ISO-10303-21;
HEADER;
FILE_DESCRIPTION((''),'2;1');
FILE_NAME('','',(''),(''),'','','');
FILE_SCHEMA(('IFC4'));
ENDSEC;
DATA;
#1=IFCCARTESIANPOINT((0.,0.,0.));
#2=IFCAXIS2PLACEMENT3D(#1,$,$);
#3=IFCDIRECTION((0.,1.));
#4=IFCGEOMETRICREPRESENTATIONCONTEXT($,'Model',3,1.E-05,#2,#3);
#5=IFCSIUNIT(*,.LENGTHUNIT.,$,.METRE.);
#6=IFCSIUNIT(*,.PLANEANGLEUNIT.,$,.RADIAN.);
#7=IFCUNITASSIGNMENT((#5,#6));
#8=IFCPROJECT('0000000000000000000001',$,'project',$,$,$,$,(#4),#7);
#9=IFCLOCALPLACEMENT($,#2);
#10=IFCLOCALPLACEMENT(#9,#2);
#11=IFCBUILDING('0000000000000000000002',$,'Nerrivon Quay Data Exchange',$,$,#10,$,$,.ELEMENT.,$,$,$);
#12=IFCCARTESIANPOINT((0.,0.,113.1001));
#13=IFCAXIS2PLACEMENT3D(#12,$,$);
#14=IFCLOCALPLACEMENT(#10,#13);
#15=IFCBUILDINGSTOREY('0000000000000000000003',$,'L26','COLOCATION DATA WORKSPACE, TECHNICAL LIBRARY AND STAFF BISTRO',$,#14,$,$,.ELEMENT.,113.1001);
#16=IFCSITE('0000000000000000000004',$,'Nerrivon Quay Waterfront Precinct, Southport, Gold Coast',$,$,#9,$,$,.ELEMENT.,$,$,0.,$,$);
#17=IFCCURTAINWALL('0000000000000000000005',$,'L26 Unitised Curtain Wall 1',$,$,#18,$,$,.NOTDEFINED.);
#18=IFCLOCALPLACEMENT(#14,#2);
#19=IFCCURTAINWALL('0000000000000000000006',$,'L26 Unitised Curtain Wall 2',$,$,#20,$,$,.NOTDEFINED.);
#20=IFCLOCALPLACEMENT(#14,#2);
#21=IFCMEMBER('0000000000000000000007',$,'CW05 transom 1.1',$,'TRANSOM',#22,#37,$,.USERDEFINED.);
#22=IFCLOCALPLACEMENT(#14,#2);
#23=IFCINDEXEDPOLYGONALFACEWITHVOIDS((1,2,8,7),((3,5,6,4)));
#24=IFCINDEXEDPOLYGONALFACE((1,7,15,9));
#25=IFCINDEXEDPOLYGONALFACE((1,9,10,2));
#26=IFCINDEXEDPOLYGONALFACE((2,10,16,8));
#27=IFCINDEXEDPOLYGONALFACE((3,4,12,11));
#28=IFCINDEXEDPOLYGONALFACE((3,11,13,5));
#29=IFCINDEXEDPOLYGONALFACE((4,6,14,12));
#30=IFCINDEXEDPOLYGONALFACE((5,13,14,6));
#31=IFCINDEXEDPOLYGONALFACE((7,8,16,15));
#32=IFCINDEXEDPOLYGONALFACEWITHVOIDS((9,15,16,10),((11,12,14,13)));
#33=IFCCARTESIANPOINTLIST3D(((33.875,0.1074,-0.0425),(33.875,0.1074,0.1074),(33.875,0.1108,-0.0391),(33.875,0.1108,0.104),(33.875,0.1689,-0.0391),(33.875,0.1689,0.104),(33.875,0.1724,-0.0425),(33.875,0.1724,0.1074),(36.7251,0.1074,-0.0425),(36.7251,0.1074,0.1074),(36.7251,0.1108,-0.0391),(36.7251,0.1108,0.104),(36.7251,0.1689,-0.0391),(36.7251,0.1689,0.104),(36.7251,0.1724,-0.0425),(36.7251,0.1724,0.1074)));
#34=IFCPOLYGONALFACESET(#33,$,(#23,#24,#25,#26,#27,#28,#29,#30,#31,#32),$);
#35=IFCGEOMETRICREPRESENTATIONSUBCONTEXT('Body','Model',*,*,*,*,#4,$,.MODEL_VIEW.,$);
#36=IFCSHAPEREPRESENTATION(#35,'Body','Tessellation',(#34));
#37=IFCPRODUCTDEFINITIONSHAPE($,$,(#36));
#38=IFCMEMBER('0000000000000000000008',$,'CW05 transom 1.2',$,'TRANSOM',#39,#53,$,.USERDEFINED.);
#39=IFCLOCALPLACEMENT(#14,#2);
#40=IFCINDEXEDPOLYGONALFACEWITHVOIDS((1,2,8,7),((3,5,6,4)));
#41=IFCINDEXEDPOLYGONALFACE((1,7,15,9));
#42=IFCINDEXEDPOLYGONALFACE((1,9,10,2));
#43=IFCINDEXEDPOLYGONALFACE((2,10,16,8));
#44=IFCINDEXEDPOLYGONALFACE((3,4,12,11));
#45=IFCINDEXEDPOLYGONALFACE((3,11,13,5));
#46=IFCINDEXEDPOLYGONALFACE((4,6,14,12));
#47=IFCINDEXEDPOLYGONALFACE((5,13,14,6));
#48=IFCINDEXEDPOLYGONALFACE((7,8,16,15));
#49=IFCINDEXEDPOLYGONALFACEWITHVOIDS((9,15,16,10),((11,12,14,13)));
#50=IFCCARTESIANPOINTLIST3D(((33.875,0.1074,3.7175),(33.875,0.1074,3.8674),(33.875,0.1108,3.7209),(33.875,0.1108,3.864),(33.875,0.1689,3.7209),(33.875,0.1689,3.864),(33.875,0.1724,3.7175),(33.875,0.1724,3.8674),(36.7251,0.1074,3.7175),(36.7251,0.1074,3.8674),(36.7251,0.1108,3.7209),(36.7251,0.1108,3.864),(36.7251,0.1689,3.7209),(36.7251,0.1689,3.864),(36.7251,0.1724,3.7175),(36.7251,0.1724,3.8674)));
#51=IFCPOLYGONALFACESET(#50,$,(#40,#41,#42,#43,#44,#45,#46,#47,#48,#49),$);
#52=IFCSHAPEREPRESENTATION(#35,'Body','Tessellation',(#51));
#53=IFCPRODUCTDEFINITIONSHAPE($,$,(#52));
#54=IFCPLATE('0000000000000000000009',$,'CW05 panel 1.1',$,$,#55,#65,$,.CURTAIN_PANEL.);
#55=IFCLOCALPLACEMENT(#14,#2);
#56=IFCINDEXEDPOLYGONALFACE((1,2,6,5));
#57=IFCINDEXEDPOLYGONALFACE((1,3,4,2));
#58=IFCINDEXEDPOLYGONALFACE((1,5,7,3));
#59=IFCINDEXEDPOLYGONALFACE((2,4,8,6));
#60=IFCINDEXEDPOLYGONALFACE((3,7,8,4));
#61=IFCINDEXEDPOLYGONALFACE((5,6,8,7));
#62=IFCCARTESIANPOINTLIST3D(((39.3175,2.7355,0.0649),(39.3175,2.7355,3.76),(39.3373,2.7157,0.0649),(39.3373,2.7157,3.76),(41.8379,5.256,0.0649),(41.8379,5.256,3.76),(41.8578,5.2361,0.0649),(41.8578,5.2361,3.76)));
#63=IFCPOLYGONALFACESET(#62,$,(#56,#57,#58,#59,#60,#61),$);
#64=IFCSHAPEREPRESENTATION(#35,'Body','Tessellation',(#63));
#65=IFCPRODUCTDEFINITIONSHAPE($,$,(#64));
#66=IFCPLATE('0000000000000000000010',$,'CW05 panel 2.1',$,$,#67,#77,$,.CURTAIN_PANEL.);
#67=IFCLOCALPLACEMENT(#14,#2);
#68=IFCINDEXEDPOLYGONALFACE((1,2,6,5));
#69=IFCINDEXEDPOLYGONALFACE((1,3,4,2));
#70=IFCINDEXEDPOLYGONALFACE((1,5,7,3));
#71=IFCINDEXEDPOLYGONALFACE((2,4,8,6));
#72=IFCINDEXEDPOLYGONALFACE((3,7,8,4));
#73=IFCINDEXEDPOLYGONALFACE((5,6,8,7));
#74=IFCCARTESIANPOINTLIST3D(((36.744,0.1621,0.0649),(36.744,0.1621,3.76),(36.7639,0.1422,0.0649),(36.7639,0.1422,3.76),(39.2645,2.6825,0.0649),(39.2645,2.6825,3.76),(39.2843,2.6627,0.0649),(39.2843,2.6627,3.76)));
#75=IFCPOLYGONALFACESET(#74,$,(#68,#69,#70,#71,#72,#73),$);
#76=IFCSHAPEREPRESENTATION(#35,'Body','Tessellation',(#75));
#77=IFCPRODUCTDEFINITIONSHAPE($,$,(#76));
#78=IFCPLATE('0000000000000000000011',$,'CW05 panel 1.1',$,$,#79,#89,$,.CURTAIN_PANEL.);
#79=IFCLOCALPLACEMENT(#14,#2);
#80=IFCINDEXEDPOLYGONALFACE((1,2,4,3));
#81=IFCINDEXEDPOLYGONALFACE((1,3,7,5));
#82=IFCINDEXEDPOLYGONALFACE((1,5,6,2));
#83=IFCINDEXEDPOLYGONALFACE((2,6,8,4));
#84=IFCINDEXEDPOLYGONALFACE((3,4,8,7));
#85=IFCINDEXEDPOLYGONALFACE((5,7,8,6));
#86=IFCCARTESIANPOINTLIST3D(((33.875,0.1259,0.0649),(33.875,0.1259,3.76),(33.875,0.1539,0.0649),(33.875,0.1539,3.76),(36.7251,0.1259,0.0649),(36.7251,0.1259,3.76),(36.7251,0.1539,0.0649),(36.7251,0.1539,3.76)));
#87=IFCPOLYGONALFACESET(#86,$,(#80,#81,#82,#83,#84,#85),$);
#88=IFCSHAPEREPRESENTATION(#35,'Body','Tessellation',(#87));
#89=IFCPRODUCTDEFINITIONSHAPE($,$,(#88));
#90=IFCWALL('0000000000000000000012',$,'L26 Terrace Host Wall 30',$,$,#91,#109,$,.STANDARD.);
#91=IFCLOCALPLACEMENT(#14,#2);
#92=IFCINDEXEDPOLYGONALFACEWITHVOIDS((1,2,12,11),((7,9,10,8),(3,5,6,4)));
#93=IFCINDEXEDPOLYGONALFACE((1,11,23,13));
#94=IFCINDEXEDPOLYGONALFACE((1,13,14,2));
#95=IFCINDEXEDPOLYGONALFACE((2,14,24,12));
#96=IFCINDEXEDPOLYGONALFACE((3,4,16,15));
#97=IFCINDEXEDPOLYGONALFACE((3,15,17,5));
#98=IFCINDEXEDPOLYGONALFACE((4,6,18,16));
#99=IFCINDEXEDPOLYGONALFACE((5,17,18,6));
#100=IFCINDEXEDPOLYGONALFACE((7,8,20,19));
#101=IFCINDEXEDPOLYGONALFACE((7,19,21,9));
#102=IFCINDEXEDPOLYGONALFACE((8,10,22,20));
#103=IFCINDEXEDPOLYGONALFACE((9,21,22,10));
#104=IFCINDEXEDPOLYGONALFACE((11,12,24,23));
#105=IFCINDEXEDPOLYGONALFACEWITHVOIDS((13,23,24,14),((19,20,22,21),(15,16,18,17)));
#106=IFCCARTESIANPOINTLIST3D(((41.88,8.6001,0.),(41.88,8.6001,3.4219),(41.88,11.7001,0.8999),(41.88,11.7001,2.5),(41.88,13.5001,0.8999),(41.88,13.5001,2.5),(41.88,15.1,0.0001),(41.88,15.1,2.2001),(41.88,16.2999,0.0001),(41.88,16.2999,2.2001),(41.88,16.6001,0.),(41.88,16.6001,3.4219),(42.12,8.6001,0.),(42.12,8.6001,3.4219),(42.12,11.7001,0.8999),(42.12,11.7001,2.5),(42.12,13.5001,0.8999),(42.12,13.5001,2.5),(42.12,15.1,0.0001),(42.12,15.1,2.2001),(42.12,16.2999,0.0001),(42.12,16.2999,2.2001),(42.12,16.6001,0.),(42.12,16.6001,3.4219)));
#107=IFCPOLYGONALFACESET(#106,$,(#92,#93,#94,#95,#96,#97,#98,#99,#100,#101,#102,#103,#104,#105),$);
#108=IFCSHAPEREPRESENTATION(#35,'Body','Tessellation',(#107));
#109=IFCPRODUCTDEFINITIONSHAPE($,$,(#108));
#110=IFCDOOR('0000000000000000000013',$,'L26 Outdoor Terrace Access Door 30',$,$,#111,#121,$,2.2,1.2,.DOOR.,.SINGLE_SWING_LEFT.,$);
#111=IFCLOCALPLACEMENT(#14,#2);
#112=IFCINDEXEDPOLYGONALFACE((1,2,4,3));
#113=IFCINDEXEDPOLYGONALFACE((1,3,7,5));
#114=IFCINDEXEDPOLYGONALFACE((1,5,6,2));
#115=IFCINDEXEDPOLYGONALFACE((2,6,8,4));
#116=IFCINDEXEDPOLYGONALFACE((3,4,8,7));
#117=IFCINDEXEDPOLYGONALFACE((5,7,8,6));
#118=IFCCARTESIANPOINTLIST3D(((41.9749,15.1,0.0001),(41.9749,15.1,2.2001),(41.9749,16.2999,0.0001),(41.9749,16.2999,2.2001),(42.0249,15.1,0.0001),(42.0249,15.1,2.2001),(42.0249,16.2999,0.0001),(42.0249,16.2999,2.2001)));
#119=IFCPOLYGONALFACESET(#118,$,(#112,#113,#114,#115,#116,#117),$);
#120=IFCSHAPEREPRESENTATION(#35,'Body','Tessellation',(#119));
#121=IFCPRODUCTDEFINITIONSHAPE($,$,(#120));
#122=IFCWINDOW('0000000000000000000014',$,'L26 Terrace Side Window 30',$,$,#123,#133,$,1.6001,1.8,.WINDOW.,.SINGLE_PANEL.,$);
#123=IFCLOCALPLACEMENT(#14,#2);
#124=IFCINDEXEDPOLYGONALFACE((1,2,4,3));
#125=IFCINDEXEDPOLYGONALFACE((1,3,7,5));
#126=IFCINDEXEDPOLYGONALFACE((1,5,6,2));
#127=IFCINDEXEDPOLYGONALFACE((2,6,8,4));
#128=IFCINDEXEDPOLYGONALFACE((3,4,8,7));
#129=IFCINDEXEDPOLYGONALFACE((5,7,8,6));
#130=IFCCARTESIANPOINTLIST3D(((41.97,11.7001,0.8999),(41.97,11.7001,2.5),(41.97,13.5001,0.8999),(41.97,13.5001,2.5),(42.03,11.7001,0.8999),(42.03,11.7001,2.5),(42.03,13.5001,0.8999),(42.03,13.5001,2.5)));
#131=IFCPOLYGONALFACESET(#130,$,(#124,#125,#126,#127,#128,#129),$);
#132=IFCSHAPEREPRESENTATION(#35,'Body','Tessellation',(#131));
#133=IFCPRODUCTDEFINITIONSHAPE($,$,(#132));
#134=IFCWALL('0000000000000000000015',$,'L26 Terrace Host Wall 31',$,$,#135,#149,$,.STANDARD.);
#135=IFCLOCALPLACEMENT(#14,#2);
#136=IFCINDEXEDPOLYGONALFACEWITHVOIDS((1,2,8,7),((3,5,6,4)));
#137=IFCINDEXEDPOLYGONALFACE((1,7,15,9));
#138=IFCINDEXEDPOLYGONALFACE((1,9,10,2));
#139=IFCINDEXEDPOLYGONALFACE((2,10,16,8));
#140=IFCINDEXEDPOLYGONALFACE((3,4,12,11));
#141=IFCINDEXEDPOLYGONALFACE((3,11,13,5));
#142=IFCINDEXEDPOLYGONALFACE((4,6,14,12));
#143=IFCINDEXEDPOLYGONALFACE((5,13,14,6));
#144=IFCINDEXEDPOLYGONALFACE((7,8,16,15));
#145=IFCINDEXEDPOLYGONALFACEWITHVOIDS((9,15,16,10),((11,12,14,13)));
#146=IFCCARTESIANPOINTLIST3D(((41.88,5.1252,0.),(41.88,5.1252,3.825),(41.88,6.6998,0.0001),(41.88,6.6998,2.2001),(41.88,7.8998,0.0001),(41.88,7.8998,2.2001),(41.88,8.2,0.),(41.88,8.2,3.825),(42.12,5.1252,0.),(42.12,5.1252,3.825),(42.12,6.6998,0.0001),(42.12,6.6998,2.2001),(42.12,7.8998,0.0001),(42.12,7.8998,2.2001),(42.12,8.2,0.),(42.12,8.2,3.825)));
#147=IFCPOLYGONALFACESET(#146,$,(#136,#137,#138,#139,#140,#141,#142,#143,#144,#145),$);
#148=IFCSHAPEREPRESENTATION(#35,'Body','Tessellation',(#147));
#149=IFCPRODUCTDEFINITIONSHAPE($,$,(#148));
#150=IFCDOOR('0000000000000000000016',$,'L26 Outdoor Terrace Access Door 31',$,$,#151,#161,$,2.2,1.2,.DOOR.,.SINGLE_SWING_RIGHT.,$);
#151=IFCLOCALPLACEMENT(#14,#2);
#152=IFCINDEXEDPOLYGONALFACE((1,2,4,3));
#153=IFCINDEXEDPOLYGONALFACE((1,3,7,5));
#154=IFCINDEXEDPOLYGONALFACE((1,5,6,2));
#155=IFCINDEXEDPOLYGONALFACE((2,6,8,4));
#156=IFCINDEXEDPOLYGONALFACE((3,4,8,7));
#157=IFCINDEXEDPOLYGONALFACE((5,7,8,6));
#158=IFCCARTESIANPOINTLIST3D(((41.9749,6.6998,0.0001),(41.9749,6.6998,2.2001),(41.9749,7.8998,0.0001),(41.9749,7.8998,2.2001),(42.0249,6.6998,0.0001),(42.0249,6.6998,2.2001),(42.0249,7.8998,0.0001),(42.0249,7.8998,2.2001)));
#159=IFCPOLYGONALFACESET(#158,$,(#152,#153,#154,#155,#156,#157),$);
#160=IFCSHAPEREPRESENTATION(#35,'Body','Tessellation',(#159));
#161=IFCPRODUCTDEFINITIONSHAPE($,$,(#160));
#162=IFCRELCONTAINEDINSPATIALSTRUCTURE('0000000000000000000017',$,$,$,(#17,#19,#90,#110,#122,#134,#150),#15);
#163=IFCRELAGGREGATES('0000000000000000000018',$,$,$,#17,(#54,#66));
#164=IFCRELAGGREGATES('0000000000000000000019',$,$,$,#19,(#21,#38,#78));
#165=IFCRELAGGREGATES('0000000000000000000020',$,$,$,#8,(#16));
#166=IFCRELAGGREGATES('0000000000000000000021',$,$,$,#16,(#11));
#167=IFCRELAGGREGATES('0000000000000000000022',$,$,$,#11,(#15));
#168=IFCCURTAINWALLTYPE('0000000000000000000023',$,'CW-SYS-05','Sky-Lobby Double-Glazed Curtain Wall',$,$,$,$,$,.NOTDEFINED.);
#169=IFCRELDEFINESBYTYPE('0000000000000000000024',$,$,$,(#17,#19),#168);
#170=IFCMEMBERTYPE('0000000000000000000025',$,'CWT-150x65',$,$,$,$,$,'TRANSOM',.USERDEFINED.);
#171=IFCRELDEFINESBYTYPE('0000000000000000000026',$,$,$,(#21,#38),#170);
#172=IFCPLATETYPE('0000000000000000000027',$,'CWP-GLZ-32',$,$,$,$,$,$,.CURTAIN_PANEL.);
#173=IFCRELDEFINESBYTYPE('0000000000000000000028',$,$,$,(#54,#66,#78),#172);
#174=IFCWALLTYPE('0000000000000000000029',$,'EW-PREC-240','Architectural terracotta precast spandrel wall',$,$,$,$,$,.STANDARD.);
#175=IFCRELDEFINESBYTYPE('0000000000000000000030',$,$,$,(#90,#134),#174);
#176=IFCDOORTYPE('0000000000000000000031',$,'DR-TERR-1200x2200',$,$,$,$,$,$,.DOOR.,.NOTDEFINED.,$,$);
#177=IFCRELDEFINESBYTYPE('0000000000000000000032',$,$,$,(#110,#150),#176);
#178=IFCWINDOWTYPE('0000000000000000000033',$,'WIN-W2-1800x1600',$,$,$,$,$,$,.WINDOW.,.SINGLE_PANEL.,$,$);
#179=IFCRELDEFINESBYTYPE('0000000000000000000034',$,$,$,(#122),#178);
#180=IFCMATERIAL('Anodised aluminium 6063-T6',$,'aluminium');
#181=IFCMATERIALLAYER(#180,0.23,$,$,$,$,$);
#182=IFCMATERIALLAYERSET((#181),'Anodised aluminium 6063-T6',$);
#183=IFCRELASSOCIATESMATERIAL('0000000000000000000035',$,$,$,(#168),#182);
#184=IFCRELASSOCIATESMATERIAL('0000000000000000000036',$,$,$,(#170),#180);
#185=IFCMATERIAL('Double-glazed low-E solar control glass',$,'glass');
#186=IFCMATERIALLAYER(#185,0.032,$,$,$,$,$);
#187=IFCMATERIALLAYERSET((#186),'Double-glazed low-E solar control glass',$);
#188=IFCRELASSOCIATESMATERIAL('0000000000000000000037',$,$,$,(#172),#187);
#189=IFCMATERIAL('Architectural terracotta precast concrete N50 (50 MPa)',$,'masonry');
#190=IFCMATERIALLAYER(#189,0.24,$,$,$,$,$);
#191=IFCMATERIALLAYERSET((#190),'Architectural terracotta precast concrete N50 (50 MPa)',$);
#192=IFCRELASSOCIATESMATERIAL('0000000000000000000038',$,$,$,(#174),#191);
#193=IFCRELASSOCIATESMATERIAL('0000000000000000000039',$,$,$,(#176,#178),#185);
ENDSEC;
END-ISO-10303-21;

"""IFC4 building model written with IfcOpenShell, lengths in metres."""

from ifc_helpers import new_model, si_unit, direction, frame, frame_2d, origin, origin_2d, place, context, subcontext, project, spatial, rectangle, hollow_rectangle, extrude, material, layer, layer_set, material_profile, profile_set, type_object, element, fill, aggregate, save


model = new_model("IFC4")

# Units and contexts
model_context = context("Model", 3, precision=1e-05, world=origin(), true_north=direction((0.0, 1.0)))
body_context = subcontext(model_context, "Body", "Model", "MODEL_VIEW")
ifc_project = project(units=[si_unit("LENGTHUNIT", "METRE"), si_unit("PLANEANGLEUNIT", "RADIAN")], contexts=[model_context])

# Site, building, storey
site_placement = place(None, origin())
site = spatial("IfcSite", under=ifc_project, at=site_placement, Name="Nerrivon Quay Waterfront Precinct, Southport, Gold Coast", CompositionType="ELEMENT", RefElevation=0.0)
building_placement = place(site_placement, origin())
building = spatial("IfcBuilding", under=site, at=building_placement, Name="Nerrivon Quay Data Exchange", CompositionType="ELEMENT")
storey_placement = place(building_placement, frame((0.0, 0.0, 113.1001)))
storey = spatial("IfcBuildingStorey", under=building, at=storey_placement, Name="L26", Description="COLOCATION DATA WORKSPACE, TECHNICAL LIBRARY AND STAFF BISTRO", CompositionType="ELEMENT", Elevation=113.1001)

# Curtain wall
ifc_material_1 = material(Name="Anodised aluminium 6063-T6", Category="aluminium")
ifc_layer_1 = layer(ifc_material_1, 0.23)
ifc_layer_set_1 = layer_set([ifc_layer_1], Name="Anodised aluminium 6063-T6")
curtain_wall_type = type_object("IfcCurtainWallType", Name="CW-SYS-05", Description="Sky-Lobby Double-Glazed Curtain Wall", PredefinedType="NOTDEFINED", material=ifc_layer_set_1)
curtain_wall_1_placement = place(storey_placement, origin())
curtain_wall_1 = element("IfcCurtainWall", 1, at=curtain_wall_1_placement, inside=storey, type_object=curtain_wall_type, Name="L26 Unitised Curtain Wall 1", PredefinedType="NOTDEFINED")

# Curtain wall
curtain_wall_2_placement = place(storey_placement, origin())
curtain_wall_2 = element("IfcCurtainWall", 2, at=curtain_wall_2_placement, inside=storey, type_object=curtain_wall_type, Name="L26 Unitised Curtain Wall 2", PredefinedType="NOTDEFINED")

# Members
ifc_material_profile_1 = material_profile(ifc_material_1, hollow_rectangle(XDim=0.0649, YDim=0.1499, WallThickness=0.0034, at=origin_2d()), Name="ALU-TRAN-150x65")
ifc_profile_set_1 = profile_set([ifc_material_profile_1], Name="Anodised aluminium 6063-T6")
member_type_1 = type_object("IfcMemberType", Name="CWT-150x65", ElementType="TRANSOM", PredefinedType="USERDEFINED", material=ifc_profile_set_1)
member_1_placement = place(storey_placement, frame((36.7251, 0.1399, 0.0325), z_axis=(-1.0, 0.0, 0.0), x_axis=(0.0, -1.0, 0.0)))
member_1 = element("IfcMember", 3, at=member_1_placement, type_object=member_type_1, Name="CW05 transom 1.1", ObjectType="TRANSOM", PredefinedType="USERDEFINED", context=body_context, shape_type="SweptSolid", body=[
    extrude(hollow_rectangle(XDim=0.0649, YDim=0.1499, WallThickness=0.0034, at=origin_2d()), origin(), (0.0, 0.0, 1.0), 2.8501),
])
member_2_placement = place(storey_placement, frame((36.7251, 0.1399, 3.7925), z_axis=(-1.0, 0.0, 0.0), x_axis=(0.0, -1.0, 0.0)))
member_2 = element("IfcMember", 4, at=member_2_placement, type_object=member_type_1, Name="CW05 transom 1.2", ObjectType="TRANSOM", PredefinedType="USERDEFINED", context=body_context, shape_type="SweptSolid", body=[
    extrude(hollow_rectangle(XDim=0.0649, YDim=0.1499, WallThickness=0.0034, at=origin_2d()), origin(), (0.0, 0.0, 1.0), 2.8501),
])

# Plates
ifc_material_2 = material(Name="Double-glazed low-E solar control glass", Category="glass")
ifc_layer_2 = layer(ifc_material_2, 0.032)
ifc_layer_set_2 = layer_set([ifc_layer_2], Name="Double-glazed low-E solar control glass")
plate_type = type_object("IfcPlateType", Name="CWP-GLZ-32", PredefinedType="CURTAIN_PANEL", material=ifc_layer_set_2)
plate_1_placement = place(storey_placement, frame((40.5876, 3.9858, 0.0649), z_axis=(0.0, 0.0, 1.0), x_axis=(-0.707107, -0.707107, 0.0)))
plate_1 = element("IfcPlate", 5, at=plate_1_placement, type_object=plate_type, Name="CW05 panel 1.1", PredefinedType="CURTAIN_PANEL", context=body_context, shape_type="SweptSolid", body=[
    extrude(rectangle(XDim=3.5645, YDim=0.0281, at=origin_2d()), origin(), (0.0, 0.0, 1.0), 3.6951),
])
plate_2_placement = place(storey_placement, frame((38.0142, 1.4124, 0.0649), z_axis=(0.0, 0.0, 1.0), x_axis=(-0.707107, -0.707107, 0.0)))
plate_2 = element("IfcPlate", 6, at=plate_2_placement, type_object=plate_type, Name="CW05 panel 2.1", PredefinedType="CURTAIN_PANEL", context=body_context, shape_type="SweptSolid", body=[
    extrude(rectangle(XDim=3.5645, YDim=0.0281, at=origin_2d()), origin(), (0.0, 0.0, 1.0), 3.6951),
])
aggregate(curtain_wall_1, [plate_1, plate_2])
plate_3_placement = place(storey_placement, frame((35.3, 0.1399, 0.0649), z_axis=(0.0, 0.0, 1.0), x_axis=(-1.0, 0.0, 0.0)))
plate_3 = element("IfcPlate", 7, at=plate_3_placement, type_object=plate_type, Name="CW05 panel 1.1", PredefinedType="CURTAIN_PANEL", context=body_context, shape_type="SweptSolid", body=[
    extrude(rectangle(XDim=2.8501, YDim=0.0281, at=origin_2d()), origin(), (0.0, 0.0, 1.0), 3.6951),
])
aggregate(curtain_wall_2, [member_1, member_2, plate_3])

# Wall, openings, door, window
ifc_material_3 = material(Name="Architectural terracotta precast concrete N50 (50 MPa)", Category="masonry")
ifc_layer_3 = layer(ifc_material_3, 0.24)
ifc_layer_set_3 = layer_set([ifc_layer_3], Name="Architectural terracotta precast concrete N50 (50 MPa)")
wall_type_1 = type_object("IfcWallType", Name="EW-PREC-240", Description="Architectural terracotta precast spandrel wall", PredefinedType="STANDARD", material=ifc_layer_set_3)
wall_1_placement = place(storey_placement, frame((42.0, 16.6001, 0.0), z_axis=(0.0, 0.0, 1.0), x_axis=(0.0, -1.0, 0.0)))
wall_1 = element("IfcWall", 8, at=wall_1_placement, inside=storey, type_object=wall_type_1, Name="L26 Terrace Host Wall 30", PredefinedType="STANDARD", context=body_context, shape_type="SweptSolid", body=[
    extrude(rectangle(XDim=8.0, YDim=0.24, at=frame_2d((4.0, 0.0))), origin(), (0.0, 0.0, 1.0), 3.4219),
])
opening_1_placement = place(wall_1_placement, frame((0.3, 0.0, 0.0)))
opening_1 = element("IfcOpeningElement", 9, at=opening_1_placement, cuts=wall_1, PredefinedType="OPENING", context=body_context, shape_type="SweptSolid", body=[
    extrude(rectangle(XDim=1.2, YDim=2.2, at=frame_2d((0.6001, 1.1001))), frame((0.0, 0.1299, 0.0), z_axis=(0.0, -1.0, 0.0), x_axis=(1.0, 0.0, 0.0)), (0.0, 0.0, 1.0), 0.26),
])
opening_2_placement = place(wall_1_placement, frame((3.1001, 0.0, 0.8999)))
opening_2 = element("IfcOpeningElement", 10, at=opening_2_placement, cuts=wall_1, PredefinedType="OPENING", context=body_context, shape_type="SweptSolid", body=[
    extrude(rectangle(XDim=1.8, YDim=1.6001, at=frame_2d((0.8999, 0.8))), frame((0.0, 0.1299, 0.0), z_axis=(0.0, -1.0, 0.0), x_axis=(1.0, 0.0, 0.0)), (0.0, 0.0, 1.0), 0.26),
])
door_type_1 = type_object("IfcDoorType", Name="DR-TERR-1200x2200", OperationType="NOTDEFINED", PredefinedType="DOOR", material=ifc_material_2)
door_1_placement = place(opening_1_placement, origin())
door_1 = element("IfcDoor", 11, at=door_1_placement, inside=storey, type_object=door_type_1, Name="L26 Outdoor Terrace Access Door 30", OperationType="SINGLE_SWING_LEFT", OverallHeight=2.2, OverallWidth=1.2, PredefinedType="DOOR", context=body_context, shape_type="SweptSolid", body=[
    extrude(rectangle(XDim=1.2, YDim=2.2, at=frame_2d((0.6001, 1.1001))), frame((0.0, 0.0249, 0.0), z_axis=(0.0, -1.0, 0.0), x_axis=(1.0, 0.0, 0.0)), (0.0, 0.0, 1.0), 0.05),
])
fill(opening_1, door_1)
window_type = type_object("IfcWindowType", Name="WIN-W2-1800x1600", PartitioningType="SINGLE_PANEL", PredefinedType="WINDOW", material=ifc_material_2)
window_placement = place(opening_2_placement, origin())
window = element("IfcWindow", 12, at=window_placement, inside=storey, type_object=window_type, Name="L26 Terrace Side Window 30", OverallHeight=1.6001, OverallWidth=1.8, PartitioningType="SINGLE_PANEL", PredefinedType="WINDOW", context=body_context, shape_type="SweptSolid", body=[
    extrude(rectangle(XDim=1.8, YDim=1.6001, at=frame_2d((0.8999, 0.8))), frame((0.0, 0.03, 0.0), z_axis=(0.0, -1.0, 0.0), x_axis=(1.0, 0.0, 0.0)), (0.0, 0.0, 1.0), 0.0601),
])
fill(opening_2, window)

# Wall, opening, door
wall_2_placement = place(storey_placement, frame((42.0, 8.2, 0.0), z_axis=(0.0, 0.0, 1.0), x_axis=(0.0, -1.0, 0.0)))
wall_2 = element("IfcWall", 13, at=wall_2_placement, inside=storey, type_object=wall_type_1, Name="L26 Terrace Host Wall 31", PredefinedType="STANDARD", context=body_context, shape_type="SweptSolid", body=[
    extrude(rectangle(XDim=3.0747, YDim=0.24, at=frame_2d((1.5374, 0.0))), origin(), (0.0, 0.0, 1.0), 3.825),
])
opening_3_placement = place(wall_2_placement, frame((0.3, 0.0, 0.0)))
opening_3 = element("IfcOpeningElement", 14, at=opening_3_placement, cuts=wall_2, PredefinedType="OPENING", context=body_context, shape_type="SweptSolid", body=[
    extrude(rectangle(XDim=1.2, YDim=2.2, at=frame_2d((0.6001, 1.1001))), frame((0.0, 0.1299, 0.0), z_axis=(0.0, -1.0, 0.0), x_axis=(1.0, 0.0, 0.0)), (0.0, 0.0, 1.0), 0.26),
])
door_2_placement = place(opening_3_placement, origin())
door_2 = element("IfcDoor", 15, at=door_2_placement, inside=storey, type_object=door_type_1, Name="L26 Outdoor Terrace Access Door 31", OperationType="SINGLE_SWING_RIGHT", OverallHeight=2.2, OverallWidth=1.2, PredefinedType="DOOR", context=body_context, shape_type="SweptSolid", body=[
    extrude(rectangle(XDim=1.2, YDim=2.2, at=frame_2d((0.6001, 1.1001))), frame((0.0, 0.0249, 0.0), z_axis=(0.0, -1.0, 0.0), x_axis=(1.0, 0.0, 0.0)), (0.0, 0.0, 1.0), 0.05),
])
fill(opening_3, door_2)

save(model, "model.ifc")
